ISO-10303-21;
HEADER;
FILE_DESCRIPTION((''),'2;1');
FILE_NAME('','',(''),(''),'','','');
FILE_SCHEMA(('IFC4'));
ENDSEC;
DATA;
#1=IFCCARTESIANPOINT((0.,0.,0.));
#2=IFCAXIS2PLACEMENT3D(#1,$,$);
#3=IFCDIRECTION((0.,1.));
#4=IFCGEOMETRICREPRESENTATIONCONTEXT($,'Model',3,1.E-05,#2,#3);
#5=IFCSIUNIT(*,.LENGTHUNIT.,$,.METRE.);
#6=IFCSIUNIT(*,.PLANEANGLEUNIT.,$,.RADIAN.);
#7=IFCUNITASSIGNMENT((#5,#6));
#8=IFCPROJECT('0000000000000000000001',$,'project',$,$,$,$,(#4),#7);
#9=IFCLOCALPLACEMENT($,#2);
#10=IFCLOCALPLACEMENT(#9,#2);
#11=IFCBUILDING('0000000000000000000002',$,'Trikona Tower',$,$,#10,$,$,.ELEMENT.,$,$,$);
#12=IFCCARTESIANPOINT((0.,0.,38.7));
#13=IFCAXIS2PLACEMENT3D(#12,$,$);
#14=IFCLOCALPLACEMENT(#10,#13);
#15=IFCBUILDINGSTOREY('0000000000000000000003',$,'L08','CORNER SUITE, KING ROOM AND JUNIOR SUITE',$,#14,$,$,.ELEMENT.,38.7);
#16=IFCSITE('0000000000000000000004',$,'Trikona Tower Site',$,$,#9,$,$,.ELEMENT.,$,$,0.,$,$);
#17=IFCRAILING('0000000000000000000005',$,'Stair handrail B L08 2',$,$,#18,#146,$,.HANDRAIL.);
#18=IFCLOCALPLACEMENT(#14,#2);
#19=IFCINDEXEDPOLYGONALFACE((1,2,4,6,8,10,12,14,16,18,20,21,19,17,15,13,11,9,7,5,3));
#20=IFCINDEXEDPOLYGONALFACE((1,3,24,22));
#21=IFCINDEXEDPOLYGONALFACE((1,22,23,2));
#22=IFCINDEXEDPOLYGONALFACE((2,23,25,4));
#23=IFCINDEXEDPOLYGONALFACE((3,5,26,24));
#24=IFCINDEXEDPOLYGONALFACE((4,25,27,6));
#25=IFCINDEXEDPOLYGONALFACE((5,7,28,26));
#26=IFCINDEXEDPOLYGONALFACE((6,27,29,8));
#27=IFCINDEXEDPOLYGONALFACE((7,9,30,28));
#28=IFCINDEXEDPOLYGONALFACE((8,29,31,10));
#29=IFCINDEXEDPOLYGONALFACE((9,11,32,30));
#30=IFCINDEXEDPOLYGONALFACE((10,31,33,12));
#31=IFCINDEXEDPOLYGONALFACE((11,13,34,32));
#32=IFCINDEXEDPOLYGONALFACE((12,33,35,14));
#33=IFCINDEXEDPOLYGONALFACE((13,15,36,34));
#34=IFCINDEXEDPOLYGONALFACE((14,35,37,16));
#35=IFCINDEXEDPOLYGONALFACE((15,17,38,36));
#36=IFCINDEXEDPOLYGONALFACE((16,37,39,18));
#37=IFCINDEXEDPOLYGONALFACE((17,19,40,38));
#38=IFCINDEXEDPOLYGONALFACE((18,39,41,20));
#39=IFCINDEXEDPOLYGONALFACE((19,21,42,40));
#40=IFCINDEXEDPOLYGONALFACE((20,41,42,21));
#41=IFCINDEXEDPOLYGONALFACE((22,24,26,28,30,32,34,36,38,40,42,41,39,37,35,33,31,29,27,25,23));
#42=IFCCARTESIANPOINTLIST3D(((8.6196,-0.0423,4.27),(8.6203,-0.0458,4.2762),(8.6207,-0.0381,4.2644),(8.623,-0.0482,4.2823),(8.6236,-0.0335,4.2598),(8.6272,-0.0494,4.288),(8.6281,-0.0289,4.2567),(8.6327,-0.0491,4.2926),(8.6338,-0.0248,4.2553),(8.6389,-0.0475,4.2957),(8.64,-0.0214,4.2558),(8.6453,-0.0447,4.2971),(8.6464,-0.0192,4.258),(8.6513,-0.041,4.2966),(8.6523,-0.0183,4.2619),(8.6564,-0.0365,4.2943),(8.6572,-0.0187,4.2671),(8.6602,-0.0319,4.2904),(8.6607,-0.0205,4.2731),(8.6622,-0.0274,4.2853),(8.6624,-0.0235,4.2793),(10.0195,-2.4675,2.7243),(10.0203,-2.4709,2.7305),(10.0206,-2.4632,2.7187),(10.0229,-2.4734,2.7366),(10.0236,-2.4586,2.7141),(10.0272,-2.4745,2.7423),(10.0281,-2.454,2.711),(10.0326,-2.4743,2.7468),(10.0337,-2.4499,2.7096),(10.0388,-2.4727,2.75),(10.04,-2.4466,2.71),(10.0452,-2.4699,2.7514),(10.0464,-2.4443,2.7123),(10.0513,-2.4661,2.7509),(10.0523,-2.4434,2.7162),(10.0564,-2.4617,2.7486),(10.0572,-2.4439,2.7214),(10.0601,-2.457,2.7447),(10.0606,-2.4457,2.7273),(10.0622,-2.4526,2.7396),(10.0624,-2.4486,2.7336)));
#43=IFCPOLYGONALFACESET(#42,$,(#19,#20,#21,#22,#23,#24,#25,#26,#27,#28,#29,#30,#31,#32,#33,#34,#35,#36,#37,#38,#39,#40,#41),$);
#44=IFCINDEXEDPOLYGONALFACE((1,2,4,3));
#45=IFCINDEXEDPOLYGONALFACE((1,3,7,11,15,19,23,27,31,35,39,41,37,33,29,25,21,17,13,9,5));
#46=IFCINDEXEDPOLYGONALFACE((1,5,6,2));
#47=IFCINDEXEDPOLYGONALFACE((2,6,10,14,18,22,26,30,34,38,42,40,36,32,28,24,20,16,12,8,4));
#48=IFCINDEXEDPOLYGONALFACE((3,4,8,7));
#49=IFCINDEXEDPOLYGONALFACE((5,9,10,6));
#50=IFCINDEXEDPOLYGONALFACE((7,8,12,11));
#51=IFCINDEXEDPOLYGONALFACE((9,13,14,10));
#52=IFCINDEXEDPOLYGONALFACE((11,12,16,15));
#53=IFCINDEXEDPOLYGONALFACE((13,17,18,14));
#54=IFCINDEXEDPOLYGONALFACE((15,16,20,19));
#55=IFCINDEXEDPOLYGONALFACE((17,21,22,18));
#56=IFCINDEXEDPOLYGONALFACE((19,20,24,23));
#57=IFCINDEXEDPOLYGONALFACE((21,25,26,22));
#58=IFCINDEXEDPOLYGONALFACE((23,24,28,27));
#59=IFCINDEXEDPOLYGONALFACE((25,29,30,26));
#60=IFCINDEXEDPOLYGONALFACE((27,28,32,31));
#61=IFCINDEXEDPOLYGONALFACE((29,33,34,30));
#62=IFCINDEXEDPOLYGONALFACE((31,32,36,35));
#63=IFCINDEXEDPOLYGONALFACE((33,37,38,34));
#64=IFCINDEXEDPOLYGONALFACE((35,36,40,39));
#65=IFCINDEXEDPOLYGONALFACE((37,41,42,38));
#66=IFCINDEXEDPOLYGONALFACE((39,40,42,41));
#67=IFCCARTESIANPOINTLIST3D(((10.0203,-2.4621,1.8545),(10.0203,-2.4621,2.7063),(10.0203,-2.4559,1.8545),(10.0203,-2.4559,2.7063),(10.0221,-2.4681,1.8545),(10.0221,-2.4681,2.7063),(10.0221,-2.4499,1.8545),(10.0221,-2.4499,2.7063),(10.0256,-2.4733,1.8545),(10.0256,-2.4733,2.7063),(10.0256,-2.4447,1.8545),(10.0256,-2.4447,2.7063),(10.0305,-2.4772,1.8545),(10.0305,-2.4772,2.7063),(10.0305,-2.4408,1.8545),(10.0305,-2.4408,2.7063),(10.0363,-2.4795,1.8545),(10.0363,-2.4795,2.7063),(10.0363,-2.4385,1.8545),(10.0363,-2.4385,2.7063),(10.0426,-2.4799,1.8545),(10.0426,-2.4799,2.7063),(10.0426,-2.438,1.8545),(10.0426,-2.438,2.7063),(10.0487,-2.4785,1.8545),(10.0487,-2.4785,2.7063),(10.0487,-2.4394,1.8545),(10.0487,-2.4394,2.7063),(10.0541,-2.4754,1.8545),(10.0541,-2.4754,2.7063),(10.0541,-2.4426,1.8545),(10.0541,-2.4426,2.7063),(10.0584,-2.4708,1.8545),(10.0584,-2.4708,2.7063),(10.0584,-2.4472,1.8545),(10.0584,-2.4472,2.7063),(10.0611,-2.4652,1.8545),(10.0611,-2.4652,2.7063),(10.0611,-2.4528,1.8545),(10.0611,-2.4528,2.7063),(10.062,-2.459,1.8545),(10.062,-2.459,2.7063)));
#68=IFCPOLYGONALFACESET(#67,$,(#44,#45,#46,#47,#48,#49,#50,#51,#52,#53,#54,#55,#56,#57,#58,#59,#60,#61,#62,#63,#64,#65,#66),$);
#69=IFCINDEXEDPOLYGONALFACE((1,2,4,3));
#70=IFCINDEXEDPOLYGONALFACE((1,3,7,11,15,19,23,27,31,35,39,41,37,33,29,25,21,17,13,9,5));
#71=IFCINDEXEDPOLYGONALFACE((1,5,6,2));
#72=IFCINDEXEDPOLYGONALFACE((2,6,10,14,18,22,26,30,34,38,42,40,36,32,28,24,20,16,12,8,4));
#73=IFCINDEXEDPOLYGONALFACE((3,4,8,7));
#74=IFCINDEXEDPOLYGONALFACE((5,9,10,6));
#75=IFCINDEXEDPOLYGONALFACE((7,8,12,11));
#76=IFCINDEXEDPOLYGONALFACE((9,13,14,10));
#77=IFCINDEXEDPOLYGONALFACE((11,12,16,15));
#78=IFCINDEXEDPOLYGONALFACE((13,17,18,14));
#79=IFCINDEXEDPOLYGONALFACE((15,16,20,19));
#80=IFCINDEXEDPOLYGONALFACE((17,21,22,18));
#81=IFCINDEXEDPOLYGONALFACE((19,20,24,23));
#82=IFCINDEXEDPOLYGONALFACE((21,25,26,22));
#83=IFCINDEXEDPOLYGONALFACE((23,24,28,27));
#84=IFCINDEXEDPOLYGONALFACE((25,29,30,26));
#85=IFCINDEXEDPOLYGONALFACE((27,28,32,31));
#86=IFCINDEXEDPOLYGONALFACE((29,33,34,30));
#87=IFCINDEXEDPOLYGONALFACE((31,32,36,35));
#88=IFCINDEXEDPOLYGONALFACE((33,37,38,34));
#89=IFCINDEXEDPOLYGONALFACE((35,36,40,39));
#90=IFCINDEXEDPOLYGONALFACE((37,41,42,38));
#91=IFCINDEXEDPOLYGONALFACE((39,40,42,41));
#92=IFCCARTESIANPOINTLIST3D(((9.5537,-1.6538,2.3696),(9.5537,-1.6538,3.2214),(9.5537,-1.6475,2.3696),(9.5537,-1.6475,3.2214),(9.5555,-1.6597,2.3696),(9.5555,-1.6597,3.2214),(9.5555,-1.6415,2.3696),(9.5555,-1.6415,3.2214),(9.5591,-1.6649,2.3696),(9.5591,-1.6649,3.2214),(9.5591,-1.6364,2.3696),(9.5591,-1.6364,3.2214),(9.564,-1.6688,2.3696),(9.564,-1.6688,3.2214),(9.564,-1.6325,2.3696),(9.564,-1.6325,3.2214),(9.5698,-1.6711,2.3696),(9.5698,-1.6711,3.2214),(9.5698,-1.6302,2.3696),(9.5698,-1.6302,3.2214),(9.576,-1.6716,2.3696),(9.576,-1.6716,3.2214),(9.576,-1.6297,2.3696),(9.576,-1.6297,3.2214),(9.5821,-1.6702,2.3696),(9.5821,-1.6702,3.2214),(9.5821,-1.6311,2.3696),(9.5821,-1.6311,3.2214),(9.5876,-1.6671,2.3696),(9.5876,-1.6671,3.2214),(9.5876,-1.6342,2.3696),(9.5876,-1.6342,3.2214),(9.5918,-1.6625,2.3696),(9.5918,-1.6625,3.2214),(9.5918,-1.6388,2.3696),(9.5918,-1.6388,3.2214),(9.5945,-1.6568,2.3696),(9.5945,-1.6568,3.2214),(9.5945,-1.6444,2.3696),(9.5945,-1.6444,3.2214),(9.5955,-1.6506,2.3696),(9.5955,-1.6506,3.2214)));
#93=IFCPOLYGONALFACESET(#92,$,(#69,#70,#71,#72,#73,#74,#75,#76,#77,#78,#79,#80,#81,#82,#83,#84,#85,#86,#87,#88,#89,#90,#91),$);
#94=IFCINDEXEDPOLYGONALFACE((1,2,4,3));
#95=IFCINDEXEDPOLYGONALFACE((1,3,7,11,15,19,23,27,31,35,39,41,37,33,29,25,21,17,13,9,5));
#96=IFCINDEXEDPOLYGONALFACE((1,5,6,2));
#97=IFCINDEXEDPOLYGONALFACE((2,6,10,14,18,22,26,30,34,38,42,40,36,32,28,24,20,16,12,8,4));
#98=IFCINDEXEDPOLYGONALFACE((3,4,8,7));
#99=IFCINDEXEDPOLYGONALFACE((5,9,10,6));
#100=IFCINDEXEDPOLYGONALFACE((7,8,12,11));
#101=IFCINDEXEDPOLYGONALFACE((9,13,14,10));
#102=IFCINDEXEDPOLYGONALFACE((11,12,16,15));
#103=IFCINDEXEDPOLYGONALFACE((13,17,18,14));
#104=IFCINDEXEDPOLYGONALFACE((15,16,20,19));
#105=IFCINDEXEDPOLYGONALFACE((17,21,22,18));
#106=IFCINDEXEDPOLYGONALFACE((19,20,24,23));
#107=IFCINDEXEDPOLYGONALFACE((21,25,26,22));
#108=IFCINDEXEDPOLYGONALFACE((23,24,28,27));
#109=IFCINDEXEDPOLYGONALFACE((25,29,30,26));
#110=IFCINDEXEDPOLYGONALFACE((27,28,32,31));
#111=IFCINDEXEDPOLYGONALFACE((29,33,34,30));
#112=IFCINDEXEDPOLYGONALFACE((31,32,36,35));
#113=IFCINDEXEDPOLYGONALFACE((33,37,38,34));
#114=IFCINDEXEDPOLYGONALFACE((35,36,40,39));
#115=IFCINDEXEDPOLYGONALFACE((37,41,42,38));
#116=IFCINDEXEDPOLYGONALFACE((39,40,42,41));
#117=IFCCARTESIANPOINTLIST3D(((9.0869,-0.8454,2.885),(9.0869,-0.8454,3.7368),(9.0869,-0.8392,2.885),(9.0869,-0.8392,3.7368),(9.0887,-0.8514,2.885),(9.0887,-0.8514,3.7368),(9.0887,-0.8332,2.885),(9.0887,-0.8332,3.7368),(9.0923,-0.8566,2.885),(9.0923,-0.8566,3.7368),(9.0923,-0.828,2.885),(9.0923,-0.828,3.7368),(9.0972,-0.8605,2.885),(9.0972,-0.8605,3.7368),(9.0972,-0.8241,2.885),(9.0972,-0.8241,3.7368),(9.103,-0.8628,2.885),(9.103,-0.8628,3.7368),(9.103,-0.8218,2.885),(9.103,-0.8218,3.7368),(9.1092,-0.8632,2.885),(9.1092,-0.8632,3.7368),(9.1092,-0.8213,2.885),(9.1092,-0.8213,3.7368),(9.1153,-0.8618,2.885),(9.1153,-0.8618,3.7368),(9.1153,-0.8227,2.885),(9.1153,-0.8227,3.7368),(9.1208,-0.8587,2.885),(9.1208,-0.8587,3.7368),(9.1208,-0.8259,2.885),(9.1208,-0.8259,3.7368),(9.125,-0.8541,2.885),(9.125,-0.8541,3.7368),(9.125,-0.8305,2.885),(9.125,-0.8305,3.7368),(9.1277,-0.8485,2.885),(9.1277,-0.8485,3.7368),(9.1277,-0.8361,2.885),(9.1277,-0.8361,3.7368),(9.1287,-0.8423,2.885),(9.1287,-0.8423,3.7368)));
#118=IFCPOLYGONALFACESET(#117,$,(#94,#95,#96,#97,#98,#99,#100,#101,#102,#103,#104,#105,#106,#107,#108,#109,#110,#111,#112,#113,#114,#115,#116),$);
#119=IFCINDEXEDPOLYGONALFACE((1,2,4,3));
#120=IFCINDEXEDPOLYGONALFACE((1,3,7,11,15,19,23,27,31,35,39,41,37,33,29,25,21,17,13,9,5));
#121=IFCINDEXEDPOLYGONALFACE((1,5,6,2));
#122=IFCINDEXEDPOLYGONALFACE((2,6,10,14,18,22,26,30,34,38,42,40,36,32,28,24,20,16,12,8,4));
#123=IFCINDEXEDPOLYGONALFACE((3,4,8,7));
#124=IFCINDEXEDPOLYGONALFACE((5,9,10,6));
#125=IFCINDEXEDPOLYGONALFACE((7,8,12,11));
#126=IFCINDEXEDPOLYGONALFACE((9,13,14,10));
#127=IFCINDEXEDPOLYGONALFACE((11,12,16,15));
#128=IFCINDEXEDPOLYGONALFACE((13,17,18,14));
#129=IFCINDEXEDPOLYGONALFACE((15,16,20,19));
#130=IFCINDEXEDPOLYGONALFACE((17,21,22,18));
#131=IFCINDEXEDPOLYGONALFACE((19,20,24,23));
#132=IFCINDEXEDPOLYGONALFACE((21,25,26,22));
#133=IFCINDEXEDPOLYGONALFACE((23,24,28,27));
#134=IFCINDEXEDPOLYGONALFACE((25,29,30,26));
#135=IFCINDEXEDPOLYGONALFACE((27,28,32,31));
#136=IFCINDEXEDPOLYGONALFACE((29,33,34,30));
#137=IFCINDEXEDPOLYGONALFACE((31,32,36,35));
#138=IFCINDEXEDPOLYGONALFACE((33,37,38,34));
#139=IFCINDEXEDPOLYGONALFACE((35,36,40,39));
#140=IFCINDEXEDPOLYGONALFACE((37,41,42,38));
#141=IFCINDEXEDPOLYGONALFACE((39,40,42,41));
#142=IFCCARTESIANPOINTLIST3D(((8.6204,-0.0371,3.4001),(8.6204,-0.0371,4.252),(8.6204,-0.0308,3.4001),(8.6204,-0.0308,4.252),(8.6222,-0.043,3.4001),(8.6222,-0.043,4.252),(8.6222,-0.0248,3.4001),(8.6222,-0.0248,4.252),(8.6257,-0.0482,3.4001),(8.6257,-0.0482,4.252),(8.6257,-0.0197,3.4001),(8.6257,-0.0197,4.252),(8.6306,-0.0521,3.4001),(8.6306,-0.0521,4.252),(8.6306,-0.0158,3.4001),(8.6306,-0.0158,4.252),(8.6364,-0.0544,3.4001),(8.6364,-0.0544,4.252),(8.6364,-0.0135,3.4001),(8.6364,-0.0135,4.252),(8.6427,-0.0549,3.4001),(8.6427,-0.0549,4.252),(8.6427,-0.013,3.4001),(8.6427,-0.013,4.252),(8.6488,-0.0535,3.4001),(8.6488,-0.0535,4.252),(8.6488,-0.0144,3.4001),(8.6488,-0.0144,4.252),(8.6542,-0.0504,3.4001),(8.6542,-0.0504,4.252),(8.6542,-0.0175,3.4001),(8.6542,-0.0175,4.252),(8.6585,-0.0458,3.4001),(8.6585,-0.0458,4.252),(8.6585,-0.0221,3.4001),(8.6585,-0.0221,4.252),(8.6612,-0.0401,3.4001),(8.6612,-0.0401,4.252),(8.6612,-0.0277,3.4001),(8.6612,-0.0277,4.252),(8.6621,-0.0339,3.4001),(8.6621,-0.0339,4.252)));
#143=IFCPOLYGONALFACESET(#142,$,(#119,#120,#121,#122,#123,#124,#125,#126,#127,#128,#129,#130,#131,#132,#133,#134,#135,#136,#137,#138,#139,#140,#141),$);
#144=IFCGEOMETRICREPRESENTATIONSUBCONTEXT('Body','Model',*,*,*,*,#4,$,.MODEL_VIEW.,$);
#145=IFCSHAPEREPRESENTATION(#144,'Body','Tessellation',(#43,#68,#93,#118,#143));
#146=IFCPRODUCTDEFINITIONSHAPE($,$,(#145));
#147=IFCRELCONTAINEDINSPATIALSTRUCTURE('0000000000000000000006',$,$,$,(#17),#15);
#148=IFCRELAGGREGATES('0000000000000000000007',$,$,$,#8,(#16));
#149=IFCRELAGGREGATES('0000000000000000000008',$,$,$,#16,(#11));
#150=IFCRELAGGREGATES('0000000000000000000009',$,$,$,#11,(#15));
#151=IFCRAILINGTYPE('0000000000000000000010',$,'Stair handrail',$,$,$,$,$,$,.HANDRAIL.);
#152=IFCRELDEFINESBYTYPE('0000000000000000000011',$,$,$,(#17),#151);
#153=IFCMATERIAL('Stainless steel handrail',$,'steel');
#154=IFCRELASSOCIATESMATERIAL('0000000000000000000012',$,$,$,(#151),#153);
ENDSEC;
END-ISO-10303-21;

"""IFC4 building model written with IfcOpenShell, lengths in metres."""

from ifc_helpers import new_model, si_unit, direction, frame, origin, origin_2d, place, context, subcontext, project, spatial, circle, extrude, material, type_object, element, save


model = new_model("IFC4")

# Units and contexts
model_context = context("Model", 3, precision=1e-05, world=origin(), true_north=direction((0.0, 1.0)))
body_context = subcontext(model_context, "Body", "Model", "MODEL_VIEW")
ifc_project = project(units=[si_unit("LENGTHUNIT", "METRE"), si_unit("PLANEANGLEUNIT", "RADIAN")], contexts=[model_context])

# Site, building, storey
site_placement = place(None, origin())
site = spatial("IfcSite", under=ifc_project, at=site_placement, Name="Trikona Tower Site", CompositionType="ELEMENT", RefElevation=0.0)
building_placement = place(site_placement, origin())
building = spatial("IfcBuilding", under=site, at=building_placement, Name="Trikona Tower", CompositionType="ELEMENT")
storey_placement = place(building_placement, frame((0.0, 0.0, 38.7)))
storey = spatial("IfcBuildingStorey", under=building, at=storey_placement, Name="L08", Description="CORNER SUITE, KING ROOM AND JUNIOR SUITE", CompositionType="ELEMENT", Elevation=38.7)

# Railing
ifc_material_1 = material(Name="Stainless steel handrail", Category="steel")
railing_type = type_object("IfcRailingType", Name="Stair handrail", PredefinedType="HANDRAIL", material=ifc_material_1)
railing_placement = place(storey_placement, frame((10.041, -2.459, 1.8545)))
element("IfcRailing", 1, at=railing_placement, inside=storey, type_object=railing_type, Name="Stair handrail B L08 2", PredefinedType="HANDRAIL", context=body_context, shape_type="SweptSolid", body=[
    extrude(circle(Radius=0.0239, at=origin_2d()), frame((0.0, 0.0, 0.876), z_axis=(-0.437691, 0.758212, 0.483262), x_axis=(-0.866056, -0.499946, 0.0)), (0.0, 0.0, 1.0), 3.1985),
    extrude(circle(Radius=0.021, at=origin_2d()), origin(), (0.0, 0.0, 1.0), 0.8518),
    extrude(circle(Radius=0.021, at=origin_2d()), frame((-0.4666, 0.8083, 0.5151)), (0.0, 0.0, 1.0), 0.8518),
    extrude(circle(Radius=0.021, at=origin_2d()), frame((-0.9333, 1.6167, 1.0305)), (0.0, 0.0, 1.0), 0.8518),
    extrude(circle(Radius=0.021, at=origin_2d()), frame((-1.3999, 2.425, 1.5457)), (0.0, 0.0, 1.0), 0.8518),
])

save(model, "model.ifc")
